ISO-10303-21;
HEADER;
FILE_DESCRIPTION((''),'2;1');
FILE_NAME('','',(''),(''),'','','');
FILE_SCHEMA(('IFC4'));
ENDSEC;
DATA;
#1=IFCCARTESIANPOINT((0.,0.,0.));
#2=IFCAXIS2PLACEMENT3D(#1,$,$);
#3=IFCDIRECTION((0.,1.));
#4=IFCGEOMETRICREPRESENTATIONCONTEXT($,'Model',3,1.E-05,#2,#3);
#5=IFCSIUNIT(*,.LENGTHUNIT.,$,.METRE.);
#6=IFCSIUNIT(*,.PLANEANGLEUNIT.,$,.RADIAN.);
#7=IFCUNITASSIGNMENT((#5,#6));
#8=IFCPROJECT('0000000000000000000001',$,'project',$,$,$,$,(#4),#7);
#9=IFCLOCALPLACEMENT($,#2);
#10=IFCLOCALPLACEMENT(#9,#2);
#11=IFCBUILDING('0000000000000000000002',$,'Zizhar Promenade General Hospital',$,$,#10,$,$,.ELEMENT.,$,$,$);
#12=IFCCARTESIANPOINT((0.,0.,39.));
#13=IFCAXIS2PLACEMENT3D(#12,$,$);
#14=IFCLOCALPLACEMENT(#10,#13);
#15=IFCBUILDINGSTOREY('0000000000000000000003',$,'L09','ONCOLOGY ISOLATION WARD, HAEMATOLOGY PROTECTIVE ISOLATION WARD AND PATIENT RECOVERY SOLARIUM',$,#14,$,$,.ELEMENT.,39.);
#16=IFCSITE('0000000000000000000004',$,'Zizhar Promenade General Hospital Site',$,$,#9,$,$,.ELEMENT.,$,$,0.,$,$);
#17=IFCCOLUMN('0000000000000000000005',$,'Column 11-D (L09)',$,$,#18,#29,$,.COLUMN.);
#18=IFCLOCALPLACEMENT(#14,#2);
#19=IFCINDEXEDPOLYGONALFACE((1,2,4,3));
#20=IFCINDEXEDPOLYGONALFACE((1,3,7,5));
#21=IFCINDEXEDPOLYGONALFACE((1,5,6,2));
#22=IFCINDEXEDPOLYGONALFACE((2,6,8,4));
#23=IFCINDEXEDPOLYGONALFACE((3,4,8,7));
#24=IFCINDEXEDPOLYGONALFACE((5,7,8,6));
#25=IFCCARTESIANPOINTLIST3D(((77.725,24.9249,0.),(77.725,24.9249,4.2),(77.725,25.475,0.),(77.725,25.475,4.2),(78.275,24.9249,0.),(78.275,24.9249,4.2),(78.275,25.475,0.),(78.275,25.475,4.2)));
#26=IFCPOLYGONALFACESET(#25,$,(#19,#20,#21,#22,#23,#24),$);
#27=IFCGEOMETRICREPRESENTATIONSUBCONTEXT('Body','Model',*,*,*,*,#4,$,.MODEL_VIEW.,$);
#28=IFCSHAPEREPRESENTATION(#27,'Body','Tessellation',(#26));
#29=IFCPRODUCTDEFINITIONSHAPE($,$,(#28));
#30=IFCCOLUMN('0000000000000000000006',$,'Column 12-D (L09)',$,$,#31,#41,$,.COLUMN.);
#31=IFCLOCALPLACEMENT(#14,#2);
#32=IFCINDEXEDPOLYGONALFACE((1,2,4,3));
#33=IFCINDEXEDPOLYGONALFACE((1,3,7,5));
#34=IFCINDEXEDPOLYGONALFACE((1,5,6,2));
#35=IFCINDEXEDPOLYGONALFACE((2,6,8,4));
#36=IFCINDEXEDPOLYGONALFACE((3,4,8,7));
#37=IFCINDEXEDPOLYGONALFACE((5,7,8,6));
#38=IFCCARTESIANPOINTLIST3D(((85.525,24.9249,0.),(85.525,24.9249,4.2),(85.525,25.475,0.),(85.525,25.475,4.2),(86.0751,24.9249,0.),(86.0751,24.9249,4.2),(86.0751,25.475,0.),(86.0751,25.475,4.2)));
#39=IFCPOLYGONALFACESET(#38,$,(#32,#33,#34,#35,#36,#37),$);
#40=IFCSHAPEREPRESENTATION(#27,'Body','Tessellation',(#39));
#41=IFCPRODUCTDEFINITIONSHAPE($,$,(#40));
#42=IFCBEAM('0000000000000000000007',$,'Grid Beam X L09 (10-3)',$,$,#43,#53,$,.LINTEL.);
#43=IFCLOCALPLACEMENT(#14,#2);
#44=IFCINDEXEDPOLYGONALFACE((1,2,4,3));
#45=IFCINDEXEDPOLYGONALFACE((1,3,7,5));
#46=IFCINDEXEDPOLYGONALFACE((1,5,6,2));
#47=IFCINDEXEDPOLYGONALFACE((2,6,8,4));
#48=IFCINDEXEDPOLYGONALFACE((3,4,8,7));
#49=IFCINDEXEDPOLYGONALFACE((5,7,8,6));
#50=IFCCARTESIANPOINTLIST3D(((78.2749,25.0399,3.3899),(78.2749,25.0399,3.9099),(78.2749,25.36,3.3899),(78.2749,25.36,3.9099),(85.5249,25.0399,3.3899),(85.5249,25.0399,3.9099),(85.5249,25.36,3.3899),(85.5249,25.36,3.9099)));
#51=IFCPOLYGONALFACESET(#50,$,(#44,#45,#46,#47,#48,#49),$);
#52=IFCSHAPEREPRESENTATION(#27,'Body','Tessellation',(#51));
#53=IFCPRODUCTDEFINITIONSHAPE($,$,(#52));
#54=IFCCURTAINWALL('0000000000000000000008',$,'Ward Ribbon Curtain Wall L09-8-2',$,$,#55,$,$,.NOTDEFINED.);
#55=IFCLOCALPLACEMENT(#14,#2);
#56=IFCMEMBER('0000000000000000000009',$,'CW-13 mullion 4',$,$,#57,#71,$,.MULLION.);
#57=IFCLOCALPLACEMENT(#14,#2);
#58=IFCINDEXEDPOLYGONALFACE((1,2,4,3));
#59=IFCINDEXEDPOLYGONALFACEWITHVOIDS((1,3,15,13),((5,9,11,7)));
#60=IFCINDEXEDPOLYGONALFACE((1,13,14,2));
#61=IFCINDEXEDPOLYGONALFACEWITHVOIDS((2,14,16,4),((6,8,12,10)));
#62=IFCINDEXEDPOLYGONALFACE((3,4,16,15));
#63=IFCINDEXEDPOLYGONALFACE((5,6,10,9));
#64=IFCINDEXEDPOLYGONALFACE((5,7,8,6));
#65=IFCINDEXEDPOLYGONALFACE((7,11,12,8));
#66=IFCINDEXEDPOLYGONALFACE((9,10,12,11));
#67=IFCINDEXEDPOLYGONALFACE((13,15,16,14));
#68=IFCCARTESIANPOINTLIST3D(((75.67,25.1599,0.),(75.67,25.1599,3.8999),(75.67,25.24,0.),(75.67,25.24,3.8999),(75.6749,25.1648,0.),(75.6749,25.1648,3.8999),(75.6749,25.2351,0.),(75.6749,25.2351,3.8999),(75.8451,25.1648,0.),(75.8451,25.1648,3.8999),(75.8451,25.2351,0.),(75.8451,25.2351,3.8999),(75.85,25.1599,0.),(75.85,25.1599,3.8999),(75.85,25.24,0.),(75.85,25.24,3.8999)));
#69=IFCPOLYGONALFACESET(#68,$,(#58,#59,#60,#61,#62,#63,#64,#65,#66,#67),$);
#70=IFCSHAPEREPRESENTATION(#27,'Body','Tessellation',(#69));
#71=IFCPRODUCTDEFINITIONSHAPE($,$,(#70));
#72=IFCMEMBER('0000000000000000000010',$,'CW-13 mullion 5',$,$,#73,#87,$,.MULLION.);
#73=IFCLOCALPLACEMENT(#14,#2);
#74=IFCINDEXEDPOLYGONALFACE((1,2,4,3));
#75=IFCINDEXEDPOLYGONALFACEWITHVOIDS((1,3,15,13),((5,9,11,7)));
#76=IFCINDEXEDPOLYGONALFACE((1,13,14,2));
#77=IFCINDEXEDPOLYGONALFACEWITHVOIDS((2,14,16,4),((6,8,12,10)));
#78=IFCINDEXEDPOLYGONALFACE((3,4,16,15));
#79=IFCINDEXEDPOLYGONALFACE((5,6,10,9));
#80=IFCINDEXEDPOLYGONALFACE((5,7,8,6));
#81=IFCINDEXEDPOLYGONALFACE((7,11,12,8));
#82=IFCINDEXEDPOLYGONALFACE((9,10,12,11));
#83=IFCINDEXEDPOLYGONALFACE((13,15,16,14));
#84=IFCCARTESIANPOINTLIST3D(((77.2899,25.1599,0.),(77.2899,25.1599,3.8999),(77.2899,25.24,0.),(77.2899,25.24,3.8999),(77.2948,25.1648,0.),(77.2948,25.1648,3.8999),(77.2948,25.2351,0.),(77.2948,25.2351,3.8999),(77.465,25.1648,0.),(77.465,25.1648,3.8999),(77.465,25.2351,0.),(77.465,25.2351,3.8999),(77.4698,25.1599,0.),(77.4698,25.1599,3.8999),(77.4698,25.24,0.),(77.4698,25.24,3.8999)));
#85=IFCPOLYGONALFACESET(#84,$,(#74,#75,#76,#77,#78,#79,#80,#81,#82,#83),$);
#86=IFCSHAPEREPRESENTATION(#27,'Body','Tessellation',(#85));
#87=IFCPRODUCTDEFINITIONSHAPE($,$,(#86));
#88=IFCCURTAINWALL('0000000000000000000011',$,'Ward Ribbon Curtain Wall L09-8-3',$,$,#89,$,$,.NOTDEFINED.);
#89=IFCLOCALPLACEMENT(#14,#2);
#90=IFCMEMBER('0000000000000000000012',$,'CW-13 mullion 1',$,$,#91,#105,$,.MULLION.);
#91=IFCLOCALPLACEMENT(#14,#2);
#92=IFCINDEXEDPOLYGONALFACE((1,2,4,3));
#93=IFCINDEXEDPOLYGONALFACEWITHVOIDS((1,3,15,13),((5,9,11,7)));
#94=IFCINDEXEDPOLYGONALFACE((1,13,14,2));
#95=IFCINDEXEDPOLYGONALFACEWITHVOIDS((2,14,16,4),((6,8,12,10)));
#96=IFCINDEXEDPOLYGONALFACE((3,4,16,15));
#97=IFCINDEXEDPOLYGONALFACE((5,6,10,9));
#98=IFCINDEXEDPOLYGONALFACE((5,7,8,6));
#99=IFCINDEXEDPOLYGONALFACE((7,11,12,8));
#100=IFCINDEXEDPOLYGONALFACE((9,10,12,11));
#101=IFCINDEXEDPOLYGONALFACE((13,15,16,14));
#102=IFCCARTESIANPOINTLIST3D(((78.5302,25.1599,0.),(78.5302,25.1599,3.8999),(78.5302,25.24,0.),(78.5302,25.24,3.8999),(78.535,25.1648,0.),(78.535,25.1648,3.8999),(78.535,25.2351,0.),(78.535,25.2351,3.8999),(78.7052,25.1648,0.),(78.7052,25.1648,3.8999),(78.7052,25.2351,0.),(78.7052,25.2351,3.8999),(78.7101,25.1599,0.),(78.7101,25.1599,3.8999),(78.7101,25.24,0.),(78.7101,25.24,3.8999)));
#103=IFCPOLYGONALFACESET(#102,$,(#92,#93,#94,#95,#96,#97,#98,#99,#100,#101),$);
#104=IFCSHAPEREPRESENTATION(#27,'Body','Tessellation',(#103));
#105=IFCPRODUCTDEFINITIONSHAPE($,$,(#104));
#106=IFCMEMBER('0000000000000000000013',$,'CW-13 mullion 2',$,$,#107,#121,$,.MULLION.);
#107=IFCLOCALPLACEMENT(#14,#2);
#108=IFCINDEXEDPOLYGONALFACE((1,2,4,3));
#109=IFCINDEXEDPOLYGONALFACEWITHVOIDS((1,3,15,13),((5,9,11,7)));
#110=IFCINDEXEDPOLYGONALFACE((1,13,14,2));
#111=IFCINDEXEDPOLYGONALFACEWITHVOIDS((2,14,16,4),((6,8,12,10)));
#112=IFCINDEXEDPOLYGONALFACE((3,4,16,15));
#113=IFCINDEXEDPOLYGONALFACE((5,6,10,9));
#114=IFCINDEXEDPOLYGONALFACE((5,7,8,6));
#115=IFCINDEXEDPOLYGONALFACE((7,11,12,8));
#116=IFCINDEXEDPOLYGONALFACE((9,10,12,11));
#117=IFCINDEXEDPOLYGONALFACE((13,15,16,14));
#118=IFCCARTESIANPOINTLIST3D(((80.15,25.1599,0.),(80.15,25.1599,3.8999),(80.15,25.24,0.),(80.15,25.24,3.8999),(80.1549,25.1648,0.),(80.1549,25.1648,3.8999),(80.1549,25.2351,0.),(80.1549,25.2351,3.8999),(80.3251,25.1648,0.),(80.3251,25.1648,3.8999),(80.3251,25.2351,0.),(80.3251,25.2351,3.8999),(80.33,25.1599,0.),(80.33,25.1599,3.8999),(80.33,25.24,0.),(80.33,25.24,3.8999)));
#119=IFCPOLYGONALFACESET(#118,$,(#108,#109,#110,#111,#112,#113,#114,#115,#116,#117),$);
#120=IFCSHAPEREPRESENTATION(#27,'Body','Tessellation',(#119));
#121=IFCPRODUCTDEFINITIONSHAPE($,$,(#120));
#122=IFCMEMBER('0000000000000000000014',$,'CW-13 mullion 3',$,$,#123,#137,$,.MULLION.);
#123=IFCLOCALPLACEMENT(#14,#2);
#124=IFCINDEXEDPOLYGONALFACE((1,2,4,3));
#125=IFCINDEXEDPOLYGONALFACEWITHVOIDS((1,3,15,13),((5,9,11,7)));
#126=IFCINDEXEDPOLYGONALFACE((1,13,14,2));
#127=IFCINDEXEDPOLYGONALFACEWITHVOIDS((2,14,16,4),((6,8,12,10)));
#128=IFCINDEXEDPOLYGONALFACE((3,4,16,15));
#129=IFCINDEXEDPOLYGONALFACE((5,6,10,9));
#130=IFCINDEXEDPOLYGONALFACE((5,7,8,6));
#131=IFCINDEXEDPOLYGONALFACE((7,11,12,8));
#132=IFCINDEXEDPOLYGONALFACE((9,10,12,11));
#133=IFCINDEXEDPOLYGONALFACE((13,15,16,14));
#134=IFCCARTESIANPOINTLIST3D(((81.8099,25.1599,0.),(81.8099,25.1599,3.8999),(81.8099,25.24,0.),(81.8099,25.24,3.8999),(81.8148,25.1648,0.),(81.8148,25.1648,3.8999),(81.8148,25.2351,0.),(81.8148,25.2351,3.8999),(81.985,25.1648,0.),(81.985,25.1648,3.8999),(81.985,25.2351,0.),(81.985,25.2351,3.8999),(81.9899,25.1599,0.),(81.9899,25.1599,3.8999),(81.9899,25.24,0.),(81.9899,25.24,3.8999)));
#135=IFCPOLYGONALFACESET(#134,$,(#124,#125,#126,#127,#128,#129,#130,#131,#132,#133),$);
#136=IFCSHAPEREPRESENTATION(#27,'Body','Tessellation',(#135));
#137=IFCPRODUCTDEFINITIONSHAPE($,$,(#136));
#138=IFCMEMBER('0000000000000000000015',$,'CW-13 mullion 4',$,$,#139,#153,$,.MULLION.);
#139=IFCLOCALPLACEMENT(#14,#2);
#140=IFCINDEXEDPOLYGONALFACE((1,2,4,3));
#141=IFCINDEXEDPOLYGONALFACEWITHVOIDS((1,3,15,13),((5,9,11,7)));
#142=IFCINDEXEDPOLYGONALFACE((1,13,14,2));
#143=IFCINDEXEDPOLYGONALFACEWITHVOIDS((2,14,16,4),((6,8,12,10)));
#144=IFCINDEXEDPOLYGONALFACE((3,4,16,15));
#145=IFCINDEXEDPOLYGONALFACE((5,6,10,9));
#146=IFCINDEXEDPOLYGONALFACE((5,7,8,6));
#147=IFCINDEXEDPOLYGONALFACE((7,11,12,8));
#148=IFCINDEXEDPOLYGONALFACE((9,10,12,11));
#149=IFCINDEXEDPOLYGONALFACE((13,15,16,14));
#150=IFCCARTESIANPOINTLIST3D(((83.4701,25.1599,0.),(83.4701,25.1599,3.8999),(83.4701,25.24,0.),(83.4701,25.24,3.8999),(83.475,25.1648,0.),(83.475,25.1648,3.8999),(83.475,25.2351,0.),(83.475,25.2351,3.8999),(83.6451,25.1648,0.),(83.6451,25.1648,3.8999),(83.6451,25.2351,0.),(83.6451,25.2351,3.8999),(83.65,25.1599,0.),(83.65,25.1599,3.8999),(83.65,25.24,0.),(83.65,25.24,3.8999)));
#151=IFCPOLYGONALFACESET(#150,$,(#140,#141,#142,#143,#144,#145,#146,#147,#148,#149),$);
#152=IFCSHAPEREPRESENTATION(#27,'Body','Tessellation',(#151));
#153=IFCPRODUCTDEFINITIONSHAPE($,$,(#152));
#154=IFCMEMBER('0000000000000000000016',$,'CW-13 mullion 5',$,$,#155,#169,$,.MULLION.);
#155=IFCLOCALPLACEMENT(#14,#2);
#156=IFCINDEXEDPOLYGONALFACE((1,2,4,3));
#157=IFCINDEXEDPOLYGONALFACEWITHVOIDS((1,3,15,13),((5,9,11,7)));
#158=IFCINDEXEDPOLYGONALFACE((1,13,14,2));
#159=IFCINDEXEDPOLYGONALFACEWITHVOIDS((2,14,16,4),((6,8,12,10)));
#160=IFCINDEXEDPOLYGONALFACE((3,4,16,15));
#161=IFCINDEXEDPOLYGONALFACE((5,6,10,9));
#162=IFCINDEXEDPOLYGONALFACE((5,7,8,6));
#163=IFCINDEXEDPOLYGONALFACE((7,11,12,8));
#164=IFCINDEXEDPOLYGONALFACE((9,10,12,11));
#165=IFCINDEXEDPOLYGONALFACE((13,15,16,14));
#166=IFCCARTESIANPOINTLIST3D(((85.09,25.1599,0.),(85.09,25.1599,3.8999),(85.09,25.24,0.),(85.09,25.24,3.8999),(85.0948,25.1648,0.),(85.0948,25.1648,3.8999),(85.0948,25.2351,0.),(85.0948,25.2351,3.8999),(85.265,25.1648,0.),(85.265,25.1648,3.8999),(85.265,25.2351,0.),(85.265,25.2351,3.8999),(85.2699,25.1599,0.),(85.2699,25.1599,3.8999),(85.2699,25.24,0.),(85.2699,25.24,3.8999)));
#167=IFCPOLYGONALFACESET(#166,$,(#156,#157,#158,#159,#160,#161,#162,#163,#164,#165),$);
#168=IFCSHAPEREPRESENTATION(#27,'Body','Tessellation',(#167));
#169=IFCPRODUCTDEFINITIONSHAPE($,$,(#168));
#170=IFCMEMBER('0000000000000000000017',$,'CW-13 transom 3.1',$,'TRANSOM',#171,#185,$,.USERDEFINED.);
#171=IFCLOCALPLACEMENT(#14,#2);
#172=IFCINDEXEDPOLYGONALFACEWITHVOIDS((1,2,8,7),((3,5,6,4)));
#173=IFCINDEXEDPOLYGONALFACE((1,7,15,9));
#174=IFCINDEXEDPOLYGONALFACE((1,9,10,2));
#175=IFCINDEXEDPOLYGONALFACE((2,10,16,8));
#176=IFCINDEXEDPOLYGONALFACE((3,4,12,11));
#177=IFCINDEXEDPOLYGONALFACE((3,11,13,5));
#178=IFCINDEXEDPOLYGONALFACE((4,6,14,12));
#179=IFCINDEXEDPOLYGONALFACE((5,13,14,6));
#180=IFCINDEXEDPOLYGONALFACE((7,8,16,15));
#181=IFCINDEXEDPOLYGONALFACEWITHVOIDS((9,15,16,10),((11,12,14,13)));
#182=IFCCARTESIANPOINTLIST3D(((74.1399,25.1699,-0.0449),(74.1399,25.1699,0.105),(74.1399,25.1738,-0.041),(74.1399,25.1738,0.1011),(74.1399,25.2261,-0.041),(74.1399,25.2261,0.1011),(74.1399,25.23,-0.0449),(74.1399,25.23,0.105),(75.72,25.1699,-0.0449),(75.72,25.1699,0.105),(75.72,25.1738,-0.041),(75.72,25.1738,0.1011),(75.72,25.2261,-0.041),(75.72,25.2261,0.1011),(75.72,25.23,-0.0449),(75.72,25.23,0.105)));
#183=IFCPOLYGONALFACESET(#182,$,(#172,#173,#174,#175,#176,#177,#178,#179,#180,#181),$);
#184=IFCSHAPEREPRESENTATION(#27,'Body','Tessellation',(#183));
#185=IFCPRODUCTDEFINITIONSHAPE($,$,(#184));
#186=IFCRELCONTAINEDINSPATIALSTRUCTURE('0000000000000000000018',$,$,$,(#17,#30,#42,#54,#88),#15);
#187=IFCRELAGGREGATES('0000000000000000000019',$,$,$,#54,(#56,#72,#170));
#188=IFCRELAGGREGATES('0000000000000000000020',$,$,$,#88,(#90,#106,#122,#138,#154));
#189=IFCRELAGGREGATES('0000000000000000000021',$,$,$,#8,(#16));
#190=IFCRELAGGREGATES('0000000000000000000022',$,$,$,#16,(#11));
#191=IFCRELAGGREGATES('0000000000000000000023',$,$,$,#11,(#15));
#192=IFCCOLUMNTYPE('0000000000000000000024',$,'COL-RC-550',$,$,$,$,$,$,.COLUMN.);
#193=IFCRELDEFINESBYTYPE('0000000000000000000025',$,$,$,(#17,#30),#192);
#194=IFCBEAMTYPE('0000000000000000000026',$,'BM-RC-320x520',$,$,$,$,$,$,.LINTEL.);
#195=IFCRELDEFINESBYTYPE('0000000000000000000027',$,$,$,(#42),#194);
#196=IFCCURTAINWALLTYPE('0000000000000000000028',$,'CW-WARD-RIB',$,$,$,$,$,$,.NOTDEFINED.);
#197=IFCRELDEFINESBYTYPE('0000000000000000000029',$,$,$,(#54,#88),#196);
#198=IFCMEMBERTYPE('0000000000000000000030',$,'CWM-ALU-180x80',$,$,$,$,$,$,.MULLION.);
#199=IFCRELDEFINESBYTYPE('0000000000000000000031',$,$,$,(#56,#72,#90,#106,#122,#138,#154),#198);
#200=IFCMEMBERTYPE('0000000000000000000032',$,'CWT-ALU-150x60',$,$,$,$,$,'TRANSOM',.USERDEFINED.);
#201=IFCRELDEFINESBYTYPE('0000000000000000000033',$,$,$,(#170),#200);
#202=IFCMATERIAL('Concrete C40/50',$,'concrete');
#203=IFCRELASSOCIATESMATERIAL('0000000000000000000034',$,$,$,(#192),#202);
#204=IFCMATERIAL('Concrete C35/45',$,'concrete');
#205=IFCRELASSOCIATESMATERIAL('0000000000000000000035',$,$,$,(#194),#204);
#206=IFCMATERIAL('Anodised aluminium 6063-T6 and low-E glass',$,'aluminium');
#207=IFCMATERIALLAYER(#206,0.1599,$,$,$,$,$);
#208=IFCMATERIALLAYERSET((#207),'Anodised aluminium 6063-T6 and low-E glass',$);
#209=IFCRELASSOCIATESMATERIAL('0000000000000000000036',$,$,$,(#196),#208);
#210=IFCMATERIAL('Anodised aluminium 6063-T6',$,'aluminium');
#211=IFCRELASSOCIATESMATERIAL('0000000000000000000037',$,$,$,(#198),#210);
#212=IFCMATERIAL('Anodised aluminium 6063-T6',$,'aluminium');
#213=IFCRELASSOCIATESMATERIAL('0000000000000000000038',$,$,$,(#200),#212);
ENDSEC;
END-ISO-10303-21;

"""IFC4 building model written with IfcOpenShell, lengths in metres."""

from ifc_helpers import new_model, si_unit, direction, frame, origin, origin_2d, place, context, subcontext, project, spatial, rectangle, hollow_rectangle, extrude, material, layer, layer_set, material_profile, profile_set, type_object, element, aggregate, save


model = new_model("IFC4")

# Units and contexts
model_context = context("Model", 3, precision=1e-05, world=origin(), true_north=direction((0.0, 1.0)))
body_context = subcontext(model_context, "Body", "Model", "MODEL_VIEW")
ifc_project = project(units=[si_unit("LENGTHUNIT", "METRE"), si_unit("PLANEANGLEUNIT", "RADIAN")], contexts=[model_context])

# Site, building, storey
site_placement = place(None, origin())
site = spatial("IfcSite", under=ifc_project, at=site_placement, Name="Zizhar Promenade General Hospital Site", CompositionType="ELEMENT", RefElevation=0.0)
building_placement = place(site_placement, origin())
building = spatial("IfcBuilding", under=site, at=building_placement, Name="Zizhar Promenade General Hospital", CompositionType="ELEMENT")
storey_placement = place(building_placement, frame((0.0, 0.0, 39.0)))
storey = spatial("IfcBuildingStorey", under=building, at=storey_placement, Name="L09", Description="ONCOLOGY ISOLATION WARD, HAEMATOLOGY PROTECTIVE ISOLATION WARD AND PATIENT RECOVERY SOLARIUM", CompositionType="ELEMENT", Elevation=39.0)

# Columns
ifc_material_1 = material(Name="Concrete C40/50", Category="concrete")
ifc_material_profile_1 = material_profile(ifc_material_1, rectangle(XDim=0.55, YDim=0.55, at=origin_2d()))
ifc_profile_set_1 = profile_set([ifc_material_profile_1], Name="Concrete C40/50")
column_type = type_object("IfcColumnType", Name="COL-RC-550", PredefinedType="COLUMN", material=ifc_profile_set_1)
for number, where, z_axis, x_axis, name in (
    (1, (78.0, 25.2, 0.0), (0.0, 0.0, 1.0), (1.0, 0.0, 0.0), "Column 11-D (L09)"),
    (2, (85.8, 25.2, 0.0), (0.0, 0.0, 1.0), (1.0, 0.0, 0.0), "Column 12-D (L09)"),
):
    element("IfcColumn", number, at=place(storey_placement, frame(where, z_axis=z_axis, x_axis=x_axis)), inside=storey, type_object=column_type, Name=name, PredefinedType="COLUMN", context=body_context, shape_type="SweptSolid", body=[
        extrude(rectangle(XDim=0.55, YDim=0.55, at=origin_2d()), origin(), (0.0, 0.0, 1.0), 4.2),
    ])

# Beam
ifc_material_2 = material(Name="Concrete C35/45", Category="concrete")
ifc_material_profile_2 = material_profile(ifc_material_2, rectangle(XDim=0.3201, YDim=0.52, at=origin_2d()))
ifc_profile_set_2 = profile_set([ifc_material_profile_2], Name="Concrete C35/45")
beam_type = type_object("IfcBeamType", Name="BM-RC-320x520", PredefinedType="LINTEL", material=ifc_profile_set_2)
beam_placement = place(storey_placement, frame((78.2749, 25.2, 3.6499), z_axis=(1.0, 0.0, 0.0), x_axis=(0.0, 1.0, 0.0)))
element("IfcBeam", 3, at=beam_placement, inside=storey, type_object=beam_type, Name="Grid Beam X L09 (10-3)", PredefinedType="LINTEL", context=body_context, shape_type="SweptSolid", body=[
    extrude(rectangle(XDim=0.3201, YDim=0.52, at=origin_2d()), origin(), (0.0, 0.0, 1.0), 7.25),
])

# Curtain walls, members
ifc_material_3 = material(Name="Anodised aluminium 6063-T6 and low-E glass", Category="aluminium")
ifc_layer_1 = layer(ifc_material_3, 0.1599)
ifc_layer_set_1 = layer_set([ifc_layer_1], Name="Anodised aluminium 6063-T6 and low-E glass")
curtain_wall_type = type_object("IfcCurtainWallType", Name="CW-WARD-RIB", PredefinedType="NOTDEFINED", material=ifc_layer_set_1)
curtain_wall_1_placement = place(storey_placement, origin())
curtain_wall_1 = element("IfcCurtainWall", 4, at=curtain_wall_1_placement, inside=storey, type_object=curtain_wall_type, Name="Ward Ribbon Curtain Wall L09-8-2", PredefinedType="NOTDEFINED")
ifc_material_4 = material(Name="Anodised aluminium 6063-T6", Category="aluminium")
ifc_material_profile_3 = material_profile(ifc_material_4, hollow_rectangle(XDim=0.0801, YDim=0.1799, WallThickness=0.0049, at=origin_2d()))
ifc_profile_set_3 = profile_set([ifc_material_profile_3], Name="Anodised aluminium 6063-T6")
member_type_1 = type_object("IfcMemberType", Name="CWM-ALU-180x80", PredefinedType="MULLION", material=ifc_profile_set_3)
member_1_placement = place(storey_placement, frame((75.76, 25.2, 0.0), z_axis=(0.0, 0.0, 1.0), x_axis=(0.0, 1.0, 0.0)))
member_1 = element("IfcMember", 5, at=member_1_placement, type_object=member_type_1, Name="CW-13 mullion 4", PredefinedType="MULLION", context=body_context, shape_type="SweptSolid", body=[
    extrude(hollow_rectangle(XDim=0.0801, YDim=0.1799, WallThickness=0.0049, at=origin_2d()), origin(), (0.0, 0.0, 1.0), 3.8999),
])
member_2_placement = place(storey_placement, frame((77.3799, 25.2, 0.0), z_axis=(0.0, 0.0, 1.0), x_axis=(0.0, 1.0, 0.0)))
member_2 = element("IfcMember", 6, at=member_2_placement, type_object=member_type_1, Name="CW-13 mullion 5", PredefinedType="MULLION", context=body_context, shape_type="SweptSolid", body=[
    extrude(hollow_rectangle(XDim=0.0801, YDim=0.1799, WallThickness=0.0049, at=origin_2d()), origin(), (0.0, 0.0, 1.0), 3.8999),
])
curtain_wall_2_placement = place(storey_placement, origin())
curtain_wall_2 = element("IfcCurtainWall", 7, at=curtain_wall_2_placement, inside=storey, type_object=curtain_wall_type, Name="Ward Ribbon Curtain Wall L09-8-3", PredefinedType="NOTDEFINED")
member_3_placement = place(storey_placement, frame((78.6201, 25.2, 0.0), z_axis=(0.0, 0.0, 1.0), x_axis=(0.0, 1.0, 0.0)))
member_3 = element("IfcMember", 8, at=member_3_placement, type_object=member_type_1, Name="CW-13 mullion 1", PredefinedType="MULLION", context=body_context, shape_type="SweptSolid", body=[
    extrude(hollow_rectangle(XDim=0.0801, YDim=0.1799, WallThickness=0.0049, at=origin_2d()), origin(), (0.0, 0.0, 1.0), 3.8999),
])
member_4_placement = place(storey_placement, frame((80.24, 25.2, 0.0), z_axis=(0.0, 0.0, 1.0), x_axis=(0.0, 1.0, 0.0)))
member_4 = element("IfcMember", 9, at=member_4_placement, type_object=member_type_1, Name="CW-13 mullion 2", PredefinedType="MULLION", context=body_context, shape_type="SweptSolid", body=[
    extrude(hollow_rectangle(XDim=0.0801, YDim=0.1799, WallThickness=0.0049, at=origin_2d()), origin(), (0.0, 0.0, 1.0), 3.8999),
])
member_5_placement = place(storey_placement, frame((81.8999, 25.2, 0.0), z_axis=(0.0, 0.0, 1.0), x_axis=(0.0, 1.0, 0.0)))
member_5 = element("IfcMember", 10, at=member_5_placement, type_object=member_type_1, Name="CW-13 mullion 3", PredefinedType="MULLION", context=body_context, shape_type="SweptSolid", body=[
    extrude(hollow_rectangle(XDim=0.0801, YDim=0.1799, WallThickness=0.0049, at=origin_2d()), origin(), (0.0, 0.0, 1.0), 3.8999),
])
member_6_placement = place(storey_placement, frame((83.5601, 25.2, 0.0), z_axis=(0.0, 0.0, 1.0), x_axis=(0.0, 1.0, 0.0)))
member_6 = element("IfcMember", 11, at=member_6_placement, type_object=member_type_1, Name="CW-13 mullion 4", PredefinedType="MULLION", context=body_context, shape_type="SweptSolid", body=[
    extrude(hollow_rectangle(XDim=0.0801, YDim=0.1799, WallThickness=0.0049, at=origin_2d()), origin(), (0.0, 0.0, 1.0), 3.8999),
])
member_7_placement = place(storey_placement, frame((85.1799, 25.2, 0.0), z_axis=(0.0, 0.0, 1.0), x_axis=(0.0, 1.0, 0.0)))
member_7 = element("IfcMember", 12, at=member_7_placement, type_object=member_type_1, Name="CW-13 mullion 5", PredefinedType="MULLION", context=body_context, shape_type="SweptSolid", body=[
    extrude(hollow_rectangle(XDim=0.0801, YDim=0.1799, WallThickness=0.0049, at=origin_2d()), origin(), (0.0, 0.0, 1.0), 3.8999),
])

# Member
ifc_material_5 = material(Name="Anodised aluminium 6063-T6", Category="aluminium")
ifc_material_profile_4 = material_profile(ifc_material_5, hollow_rectangle(XDim=0.0601, YDim=0.1499, WallThickness=0.0039, at=origin_2d()))
ifc_profile_set_4 = profile_set([ifc_material_profile_4], Name="Anodised aluminium 6063-T6")
member_type_2 = type_object("IfcMemberType", Name="CWT-ALU-150x60", ElementType="TRANSOM", PredefinedType="USERDEFINED", material=ifc_profile_set_4)
member_8_placement = place(storey_placement, frame((74.1399, 25.2, 0.03), z_axis=(1.0, 0.0, 0.0), x_axis=(0.0, 1.0, 0.0)))
member_8 = element("IfcMember", 13, at=member_8_placement, type_object=member_type_2, Name="CW-13 transom 3.1", ObjectType="TRANSOM", PredefinedType="USERDEFINED", context=body_context, shape_type="SweptSolid", body=[
    extrude(hollow_rectangle(XDim=0.0601, YDim=0.1499, WallThickness=0.0039, at=origin_2d()), origin(), (0.0, 0.0, 1.0), 1.5801),
])

aggregate(curtain_wall_1, [member_1, member_2, member_8])
aggregate(curtain_wall_2, [member_3, member_4, member_5, member_6, member_7])

save(model, "model.ifc")
